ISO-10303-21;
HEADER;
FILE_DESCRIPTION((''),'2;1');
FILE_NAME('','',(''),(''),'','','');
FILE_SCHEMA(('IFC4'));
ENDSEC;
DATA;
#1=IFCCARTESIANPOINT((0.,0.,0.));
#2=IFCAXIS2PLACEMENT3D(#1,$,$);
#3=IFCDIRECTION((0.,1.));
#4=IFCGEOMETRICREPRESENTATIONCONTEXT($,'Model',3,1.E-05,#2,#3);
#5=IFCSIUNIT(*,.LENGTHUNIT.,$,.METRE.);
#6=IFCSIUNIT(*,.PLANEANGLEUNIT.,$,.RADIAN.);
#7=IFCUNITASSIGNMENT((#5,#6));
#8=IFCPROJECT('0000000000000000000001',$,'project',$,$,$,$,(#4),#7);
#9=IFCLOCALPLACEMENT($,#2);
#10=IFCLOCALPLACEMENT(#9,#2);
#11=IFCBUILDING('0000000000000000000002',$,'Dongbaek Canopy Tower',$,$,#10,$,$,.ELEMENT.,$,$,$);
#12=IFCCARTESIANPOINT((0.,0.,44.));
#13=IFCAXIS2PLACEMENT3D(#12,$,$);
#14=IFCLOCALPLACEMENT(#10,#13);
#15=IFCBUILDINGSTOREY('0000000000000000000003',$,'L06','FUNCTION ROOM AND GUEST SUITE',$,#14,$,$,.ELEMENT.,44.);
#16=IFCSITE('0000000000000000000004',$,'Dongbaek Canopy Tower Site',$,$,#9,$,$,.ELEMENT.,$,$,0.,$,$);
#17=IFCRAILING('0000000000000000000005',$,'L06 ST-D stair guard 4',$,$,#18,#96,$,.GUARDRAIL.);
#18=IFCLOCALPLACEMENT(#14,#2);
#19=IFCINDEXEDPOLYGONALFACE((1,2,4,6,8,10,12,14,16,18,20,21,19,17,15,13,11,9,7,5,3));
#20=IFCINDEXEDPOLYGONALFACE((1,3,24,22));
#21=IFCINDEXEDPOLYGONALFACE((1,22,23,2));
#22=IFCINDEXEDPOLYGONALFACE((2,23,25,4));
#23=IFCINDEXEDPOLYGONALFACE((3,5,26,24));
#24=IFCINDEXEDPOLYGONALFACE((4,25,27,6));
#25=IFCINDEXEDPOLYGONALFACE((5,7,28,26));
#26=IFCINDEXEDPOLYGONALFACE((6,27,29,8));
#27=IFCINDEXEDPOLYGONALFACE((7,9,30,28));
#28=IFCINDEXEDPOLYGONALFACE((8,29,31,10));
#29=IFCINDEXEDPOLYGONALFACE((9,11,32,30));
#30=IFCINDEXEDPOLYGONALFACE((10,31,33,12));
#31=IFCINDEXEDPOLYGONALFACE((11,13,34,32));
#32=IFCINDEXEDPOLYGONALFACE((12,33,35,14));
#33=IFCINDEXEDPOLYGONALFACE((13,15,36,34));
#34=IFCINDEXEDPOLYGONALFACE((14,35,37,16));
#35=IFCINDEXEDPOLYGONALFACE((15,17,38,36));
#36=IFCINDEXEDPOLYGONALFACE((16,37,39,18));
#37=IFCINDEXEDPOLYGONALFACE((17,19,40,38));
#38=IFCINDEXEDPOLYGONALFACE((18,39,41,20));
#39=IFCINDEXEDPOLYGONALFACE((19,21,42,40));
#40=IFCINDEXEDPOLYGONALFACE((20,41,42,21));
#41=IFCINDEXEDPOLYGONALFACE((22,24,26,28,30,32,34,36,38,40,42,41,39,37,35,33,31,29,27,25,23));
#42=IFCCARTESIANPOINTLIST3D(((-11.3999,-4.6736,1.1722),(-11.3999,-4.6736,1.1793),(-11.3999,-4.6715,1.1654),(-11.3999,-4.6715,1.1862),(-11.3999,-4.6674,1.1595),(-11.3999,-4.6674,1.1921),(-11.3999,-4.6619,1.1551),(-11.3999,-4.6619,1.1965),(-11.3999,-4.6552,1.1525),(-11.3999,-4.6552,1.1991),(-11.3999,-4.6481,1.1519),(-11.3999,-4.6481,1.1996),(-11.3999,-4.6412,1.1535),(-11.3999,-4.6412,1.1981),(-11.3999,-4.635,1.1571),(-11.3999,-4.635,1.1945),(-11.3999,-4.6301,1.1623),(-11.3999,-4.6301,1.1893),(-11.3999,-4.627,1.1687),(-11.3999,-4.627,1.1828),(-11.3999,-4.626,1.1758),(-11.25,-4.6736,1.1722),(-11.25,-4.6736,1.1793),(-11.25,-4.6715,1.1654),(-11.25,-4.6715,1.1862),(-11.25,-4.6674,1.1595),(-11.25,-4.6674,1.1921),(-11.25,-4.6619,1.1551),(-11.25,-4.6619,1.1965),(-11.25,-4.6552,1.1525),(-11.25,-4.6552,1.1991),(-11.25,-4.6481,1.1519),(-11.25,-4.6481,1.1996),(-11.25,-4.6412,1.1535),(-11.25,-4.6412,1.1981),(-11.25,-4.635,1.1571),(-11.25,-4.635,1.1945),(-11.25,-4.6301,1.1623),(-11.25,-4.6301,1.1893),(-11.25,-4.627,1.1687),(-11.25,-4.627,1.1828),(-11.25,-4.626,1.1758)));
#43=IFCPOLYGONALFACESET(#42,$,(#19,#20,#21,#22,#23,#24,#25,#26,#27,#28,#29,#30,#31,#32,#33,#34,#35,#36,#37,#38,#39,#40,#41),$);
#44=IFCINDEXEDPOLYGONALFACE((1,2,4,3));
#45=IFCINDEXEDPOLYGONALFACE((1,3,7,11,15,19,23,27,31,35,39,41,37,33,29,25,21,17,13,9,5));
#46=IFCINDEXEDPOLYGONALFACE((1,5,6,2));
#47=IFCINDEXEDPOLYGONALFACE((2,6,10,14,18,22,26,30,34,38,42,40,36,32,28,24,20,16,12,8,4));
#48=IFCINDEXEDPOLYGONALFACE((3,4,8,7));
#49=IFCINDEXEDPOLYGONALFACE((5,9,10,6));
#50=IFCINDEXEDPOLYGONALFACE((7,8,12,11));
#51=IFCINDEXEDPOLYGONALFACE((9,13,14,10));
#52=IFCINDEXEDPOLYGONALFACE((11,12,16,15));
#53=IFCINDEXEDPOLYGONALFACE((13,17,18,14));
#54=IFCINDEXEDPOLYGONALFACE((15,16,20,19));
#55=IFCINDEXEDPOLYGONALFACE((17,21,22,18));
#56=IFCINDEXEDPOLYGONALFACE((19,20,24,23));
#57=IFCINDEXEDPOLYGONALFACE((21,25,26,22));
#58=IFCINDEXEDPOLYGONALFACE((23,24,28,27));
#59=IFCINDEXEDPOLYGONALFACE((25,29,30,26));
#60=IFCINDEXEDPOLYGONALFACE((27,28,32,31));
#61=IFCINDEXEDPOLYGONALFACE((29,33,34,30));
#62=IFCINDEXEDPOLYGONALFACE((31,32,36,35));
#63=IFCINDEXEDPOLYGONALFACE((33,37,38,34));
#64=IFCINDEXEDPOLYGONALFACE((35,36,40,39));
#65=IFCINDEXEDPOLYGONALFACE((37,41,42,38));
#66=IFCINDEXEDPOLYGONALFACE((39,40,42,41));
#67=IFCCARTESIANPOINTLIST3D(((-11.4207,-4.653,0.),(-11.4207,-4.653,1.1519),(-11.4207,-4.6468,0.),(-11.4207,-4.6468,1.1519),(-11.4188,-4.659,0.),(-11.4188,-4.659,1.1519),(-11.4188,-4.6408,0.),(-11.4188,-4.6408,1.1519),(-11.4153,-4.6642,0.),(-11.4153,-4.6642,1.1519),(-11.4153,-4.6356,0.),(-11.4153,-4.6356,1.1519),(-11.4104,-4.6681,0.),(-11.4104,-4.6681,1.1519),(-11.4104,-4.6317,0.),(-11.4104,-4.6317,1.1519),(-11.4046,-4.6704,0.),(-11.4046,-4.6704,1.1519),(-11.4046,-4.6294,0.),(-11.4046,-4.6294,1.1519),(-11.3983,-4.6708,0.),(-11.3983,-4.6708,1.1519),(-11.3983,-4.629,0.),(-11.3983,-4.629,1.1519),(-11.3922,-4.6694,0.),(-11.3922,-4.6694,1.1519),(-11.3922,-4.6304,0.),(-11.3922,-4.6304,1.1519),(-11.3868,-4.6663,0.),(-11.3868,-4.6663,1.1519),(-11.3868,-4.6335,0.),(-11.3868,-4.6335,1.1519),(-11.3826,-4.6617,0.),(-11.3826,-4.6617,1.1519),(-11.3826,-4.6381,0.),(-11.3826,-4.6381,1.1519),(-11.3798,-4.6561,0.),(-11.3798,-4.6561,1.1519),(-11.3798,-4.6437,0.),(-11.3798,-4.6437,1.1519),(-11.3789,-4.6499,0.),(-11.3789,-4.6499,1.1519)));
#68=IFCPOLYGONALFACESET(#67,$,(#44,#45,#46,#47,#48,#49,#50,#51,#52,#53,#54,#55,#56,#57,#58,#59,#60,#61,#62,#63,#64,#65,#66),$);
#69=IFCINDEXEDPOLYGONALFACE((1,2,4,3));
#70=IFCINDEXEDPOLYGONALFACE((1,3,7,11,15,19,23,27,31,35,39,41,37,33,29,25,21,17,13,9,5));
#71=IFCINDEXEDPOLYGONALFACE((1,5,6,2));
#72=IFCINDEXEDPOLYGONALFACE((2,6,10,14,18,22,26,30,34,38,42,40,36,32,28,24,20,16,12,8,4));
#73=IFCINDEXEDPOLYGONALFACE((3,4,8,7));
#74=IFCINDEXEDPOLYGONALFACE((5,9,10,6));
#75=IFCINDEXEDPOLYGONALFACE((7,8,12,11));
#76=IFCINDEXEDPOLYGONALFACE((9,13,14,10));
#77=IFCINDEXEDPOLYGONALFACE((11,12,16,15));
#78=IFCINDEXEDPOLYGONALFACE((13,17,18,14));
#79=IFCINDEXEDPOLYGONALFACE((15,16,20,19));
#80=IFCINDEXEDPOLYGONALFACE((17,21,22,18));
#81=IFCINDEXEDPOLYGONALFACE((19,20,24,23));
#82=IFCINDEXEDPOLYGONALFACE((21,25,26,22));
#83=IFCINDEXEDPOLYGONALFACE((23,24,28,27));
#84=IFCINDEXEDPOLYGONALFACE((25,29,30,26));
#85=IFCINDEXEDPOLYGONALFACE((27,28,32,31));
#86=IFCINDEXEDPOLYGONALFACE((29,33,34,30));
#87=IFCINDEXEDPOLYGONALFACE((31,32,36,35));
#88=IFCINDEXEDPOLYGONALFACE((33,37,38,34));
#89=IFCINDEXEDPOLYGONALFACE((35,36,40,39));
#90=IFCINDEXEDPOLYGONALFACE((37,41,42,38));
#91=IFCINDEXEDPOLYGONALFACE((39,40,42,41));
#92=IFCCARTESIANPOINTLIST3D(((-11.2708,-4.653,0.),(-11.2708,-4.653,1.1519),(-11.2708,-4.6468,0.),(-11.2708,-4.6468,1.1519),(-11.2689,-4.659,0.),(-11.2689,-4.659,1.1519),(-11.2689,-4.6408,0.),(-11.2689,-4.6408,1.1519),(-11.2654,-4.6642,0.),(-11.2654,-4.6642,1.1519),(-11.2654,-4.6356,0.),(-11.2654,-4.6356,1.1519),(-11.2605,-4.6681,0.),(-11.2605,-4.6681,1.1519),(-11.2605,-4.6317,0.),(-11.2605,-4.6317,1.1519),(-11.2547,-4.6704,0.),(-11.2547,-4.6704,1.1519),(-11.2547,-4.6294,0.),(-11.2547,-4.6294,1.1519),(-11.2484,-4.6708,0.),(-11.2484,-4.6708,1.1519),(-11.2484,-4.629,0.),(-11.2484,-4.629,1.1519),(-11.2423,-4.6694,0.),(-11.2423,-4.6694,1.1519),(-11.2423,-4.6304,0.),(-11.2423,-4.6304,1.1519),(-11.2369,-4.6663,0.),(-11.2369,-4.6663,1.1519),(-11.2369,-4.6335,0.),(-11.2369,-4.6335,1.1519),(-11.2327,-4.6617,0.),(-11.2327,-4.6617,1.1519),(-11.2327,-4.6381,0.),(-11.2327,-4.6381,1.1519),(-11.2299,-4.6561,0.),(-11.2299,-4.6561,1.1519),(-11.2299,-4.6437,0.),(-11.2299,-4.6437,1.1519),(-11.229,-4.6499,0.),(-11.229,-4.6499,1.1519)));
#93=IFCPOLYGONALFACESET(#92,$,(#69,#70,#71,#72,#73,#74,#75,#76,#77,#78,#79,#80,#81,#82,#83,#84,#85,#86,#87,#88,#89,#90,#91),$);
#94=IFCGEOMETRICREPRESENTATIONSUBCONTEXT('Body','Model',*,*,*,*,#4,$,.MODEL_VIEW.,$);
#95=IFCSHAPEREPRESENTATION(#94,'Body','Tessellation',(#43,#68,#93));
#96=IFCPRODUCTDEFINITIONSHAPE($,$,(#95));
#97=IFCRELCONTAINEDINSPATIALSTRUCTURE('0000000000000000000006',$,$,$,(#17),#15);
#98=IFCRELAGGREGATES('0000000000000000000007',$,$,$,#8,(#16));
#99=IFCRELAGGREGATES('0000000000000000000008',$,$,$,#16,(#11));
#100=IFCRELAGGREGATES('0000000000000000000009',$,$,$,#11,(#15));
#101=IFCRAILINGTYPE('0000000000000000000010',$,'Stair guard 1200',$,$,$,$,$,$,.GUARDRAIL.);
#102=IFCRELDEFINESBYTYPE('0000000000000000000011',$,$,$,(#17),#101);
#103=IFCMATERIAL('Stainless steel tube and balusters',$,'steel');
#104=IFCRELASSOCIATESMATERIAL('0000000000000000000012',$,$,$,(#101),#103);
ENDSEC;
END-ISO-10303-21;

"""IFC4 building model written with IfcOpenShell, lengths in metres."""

from ifc_helpers import new_model, si_unit, direction, frame, origin, origin_2d, place, context, subcontext, project, spatial, circle, extrude, material, type_object, element, save


model = new_model("IFC4")

# Units and contexts
model_context = context("Model", 3, precision=1e-05, world=origin(), true_north=direction((0.0, 1.0)))
body_context = subcontext(model_context, "Body", "Model", "MODEL_VIEW")
ifc_project = project(units=[si_unit("LENGTHUNIT", "METRE"), si_unit("PLANEANGLEUNIT", "RADIAN")], contexts=[model_context])

# Site, building, storey
site_placement = place(None, origin())
site = spatial("IfcSite", under=ifc_project, at=site_placement, Name="Dongbaek Canopy Tower Site", CompositionType="ELEMENT", RefElevation=0.0)
building_placement = place(site_placement, origin())
building = spatial("IfcBuilding", under=site, at=building_placement, Name="Dongbaek Canopy Tower", CompositionType="ELEMENT")
storey_placement = place(building_placement, frame((0.0, 0.0, 44.0)))
storey = spatial("IfcBuildingStorey", under=building, at=storey_placement, Name="L06", Description="FUNCTION ROOM AND GUEST SUITE", CompositionType="ELEMENT", Elevation=44.0)

# Railing
ifc_material_1 = material(Name="Stainless steel tube and balusters", Category="steel")
railing_type_1 = type_object("IfcRailingType", Name="Stair guard 1200", PredefinedType="GUARDRAIL", material=ifc_material_1)
railing_1_placement = place(storey_placement, frame((-11.3999, -4.6499, 0.0)))
element("IfcRailing", 1, at=railing_1_placement, inside=storey, type_object=railing_type_1, Name="L06 ST-D stair guard 4", PredefinedType="GUARDRAIL", context=body_context, shape_type="SweptSolid", body=[
    extrude(circle(Radius=0.0239, at=origin_2d()), frame((0.0, 0.0, 1.1758), z_axis=(1.0, 0.0, 0.0), x_axis=(0.0, 1.0, 0.0)), (0.0, 0.0, 1.0), 0.1499),
    extrude(circle(Radius=0.021, at=origin_2d()), origin(), (0.0, 0.0, 1.0), 1.1519),
    extrude(circle(Radius=0.021, at=origin_2d()), frame((0.1499, 0.0, 0.0)), (0.0, 0.0, 1.0), 1.1519),
])

save(model, "model.ifc")
